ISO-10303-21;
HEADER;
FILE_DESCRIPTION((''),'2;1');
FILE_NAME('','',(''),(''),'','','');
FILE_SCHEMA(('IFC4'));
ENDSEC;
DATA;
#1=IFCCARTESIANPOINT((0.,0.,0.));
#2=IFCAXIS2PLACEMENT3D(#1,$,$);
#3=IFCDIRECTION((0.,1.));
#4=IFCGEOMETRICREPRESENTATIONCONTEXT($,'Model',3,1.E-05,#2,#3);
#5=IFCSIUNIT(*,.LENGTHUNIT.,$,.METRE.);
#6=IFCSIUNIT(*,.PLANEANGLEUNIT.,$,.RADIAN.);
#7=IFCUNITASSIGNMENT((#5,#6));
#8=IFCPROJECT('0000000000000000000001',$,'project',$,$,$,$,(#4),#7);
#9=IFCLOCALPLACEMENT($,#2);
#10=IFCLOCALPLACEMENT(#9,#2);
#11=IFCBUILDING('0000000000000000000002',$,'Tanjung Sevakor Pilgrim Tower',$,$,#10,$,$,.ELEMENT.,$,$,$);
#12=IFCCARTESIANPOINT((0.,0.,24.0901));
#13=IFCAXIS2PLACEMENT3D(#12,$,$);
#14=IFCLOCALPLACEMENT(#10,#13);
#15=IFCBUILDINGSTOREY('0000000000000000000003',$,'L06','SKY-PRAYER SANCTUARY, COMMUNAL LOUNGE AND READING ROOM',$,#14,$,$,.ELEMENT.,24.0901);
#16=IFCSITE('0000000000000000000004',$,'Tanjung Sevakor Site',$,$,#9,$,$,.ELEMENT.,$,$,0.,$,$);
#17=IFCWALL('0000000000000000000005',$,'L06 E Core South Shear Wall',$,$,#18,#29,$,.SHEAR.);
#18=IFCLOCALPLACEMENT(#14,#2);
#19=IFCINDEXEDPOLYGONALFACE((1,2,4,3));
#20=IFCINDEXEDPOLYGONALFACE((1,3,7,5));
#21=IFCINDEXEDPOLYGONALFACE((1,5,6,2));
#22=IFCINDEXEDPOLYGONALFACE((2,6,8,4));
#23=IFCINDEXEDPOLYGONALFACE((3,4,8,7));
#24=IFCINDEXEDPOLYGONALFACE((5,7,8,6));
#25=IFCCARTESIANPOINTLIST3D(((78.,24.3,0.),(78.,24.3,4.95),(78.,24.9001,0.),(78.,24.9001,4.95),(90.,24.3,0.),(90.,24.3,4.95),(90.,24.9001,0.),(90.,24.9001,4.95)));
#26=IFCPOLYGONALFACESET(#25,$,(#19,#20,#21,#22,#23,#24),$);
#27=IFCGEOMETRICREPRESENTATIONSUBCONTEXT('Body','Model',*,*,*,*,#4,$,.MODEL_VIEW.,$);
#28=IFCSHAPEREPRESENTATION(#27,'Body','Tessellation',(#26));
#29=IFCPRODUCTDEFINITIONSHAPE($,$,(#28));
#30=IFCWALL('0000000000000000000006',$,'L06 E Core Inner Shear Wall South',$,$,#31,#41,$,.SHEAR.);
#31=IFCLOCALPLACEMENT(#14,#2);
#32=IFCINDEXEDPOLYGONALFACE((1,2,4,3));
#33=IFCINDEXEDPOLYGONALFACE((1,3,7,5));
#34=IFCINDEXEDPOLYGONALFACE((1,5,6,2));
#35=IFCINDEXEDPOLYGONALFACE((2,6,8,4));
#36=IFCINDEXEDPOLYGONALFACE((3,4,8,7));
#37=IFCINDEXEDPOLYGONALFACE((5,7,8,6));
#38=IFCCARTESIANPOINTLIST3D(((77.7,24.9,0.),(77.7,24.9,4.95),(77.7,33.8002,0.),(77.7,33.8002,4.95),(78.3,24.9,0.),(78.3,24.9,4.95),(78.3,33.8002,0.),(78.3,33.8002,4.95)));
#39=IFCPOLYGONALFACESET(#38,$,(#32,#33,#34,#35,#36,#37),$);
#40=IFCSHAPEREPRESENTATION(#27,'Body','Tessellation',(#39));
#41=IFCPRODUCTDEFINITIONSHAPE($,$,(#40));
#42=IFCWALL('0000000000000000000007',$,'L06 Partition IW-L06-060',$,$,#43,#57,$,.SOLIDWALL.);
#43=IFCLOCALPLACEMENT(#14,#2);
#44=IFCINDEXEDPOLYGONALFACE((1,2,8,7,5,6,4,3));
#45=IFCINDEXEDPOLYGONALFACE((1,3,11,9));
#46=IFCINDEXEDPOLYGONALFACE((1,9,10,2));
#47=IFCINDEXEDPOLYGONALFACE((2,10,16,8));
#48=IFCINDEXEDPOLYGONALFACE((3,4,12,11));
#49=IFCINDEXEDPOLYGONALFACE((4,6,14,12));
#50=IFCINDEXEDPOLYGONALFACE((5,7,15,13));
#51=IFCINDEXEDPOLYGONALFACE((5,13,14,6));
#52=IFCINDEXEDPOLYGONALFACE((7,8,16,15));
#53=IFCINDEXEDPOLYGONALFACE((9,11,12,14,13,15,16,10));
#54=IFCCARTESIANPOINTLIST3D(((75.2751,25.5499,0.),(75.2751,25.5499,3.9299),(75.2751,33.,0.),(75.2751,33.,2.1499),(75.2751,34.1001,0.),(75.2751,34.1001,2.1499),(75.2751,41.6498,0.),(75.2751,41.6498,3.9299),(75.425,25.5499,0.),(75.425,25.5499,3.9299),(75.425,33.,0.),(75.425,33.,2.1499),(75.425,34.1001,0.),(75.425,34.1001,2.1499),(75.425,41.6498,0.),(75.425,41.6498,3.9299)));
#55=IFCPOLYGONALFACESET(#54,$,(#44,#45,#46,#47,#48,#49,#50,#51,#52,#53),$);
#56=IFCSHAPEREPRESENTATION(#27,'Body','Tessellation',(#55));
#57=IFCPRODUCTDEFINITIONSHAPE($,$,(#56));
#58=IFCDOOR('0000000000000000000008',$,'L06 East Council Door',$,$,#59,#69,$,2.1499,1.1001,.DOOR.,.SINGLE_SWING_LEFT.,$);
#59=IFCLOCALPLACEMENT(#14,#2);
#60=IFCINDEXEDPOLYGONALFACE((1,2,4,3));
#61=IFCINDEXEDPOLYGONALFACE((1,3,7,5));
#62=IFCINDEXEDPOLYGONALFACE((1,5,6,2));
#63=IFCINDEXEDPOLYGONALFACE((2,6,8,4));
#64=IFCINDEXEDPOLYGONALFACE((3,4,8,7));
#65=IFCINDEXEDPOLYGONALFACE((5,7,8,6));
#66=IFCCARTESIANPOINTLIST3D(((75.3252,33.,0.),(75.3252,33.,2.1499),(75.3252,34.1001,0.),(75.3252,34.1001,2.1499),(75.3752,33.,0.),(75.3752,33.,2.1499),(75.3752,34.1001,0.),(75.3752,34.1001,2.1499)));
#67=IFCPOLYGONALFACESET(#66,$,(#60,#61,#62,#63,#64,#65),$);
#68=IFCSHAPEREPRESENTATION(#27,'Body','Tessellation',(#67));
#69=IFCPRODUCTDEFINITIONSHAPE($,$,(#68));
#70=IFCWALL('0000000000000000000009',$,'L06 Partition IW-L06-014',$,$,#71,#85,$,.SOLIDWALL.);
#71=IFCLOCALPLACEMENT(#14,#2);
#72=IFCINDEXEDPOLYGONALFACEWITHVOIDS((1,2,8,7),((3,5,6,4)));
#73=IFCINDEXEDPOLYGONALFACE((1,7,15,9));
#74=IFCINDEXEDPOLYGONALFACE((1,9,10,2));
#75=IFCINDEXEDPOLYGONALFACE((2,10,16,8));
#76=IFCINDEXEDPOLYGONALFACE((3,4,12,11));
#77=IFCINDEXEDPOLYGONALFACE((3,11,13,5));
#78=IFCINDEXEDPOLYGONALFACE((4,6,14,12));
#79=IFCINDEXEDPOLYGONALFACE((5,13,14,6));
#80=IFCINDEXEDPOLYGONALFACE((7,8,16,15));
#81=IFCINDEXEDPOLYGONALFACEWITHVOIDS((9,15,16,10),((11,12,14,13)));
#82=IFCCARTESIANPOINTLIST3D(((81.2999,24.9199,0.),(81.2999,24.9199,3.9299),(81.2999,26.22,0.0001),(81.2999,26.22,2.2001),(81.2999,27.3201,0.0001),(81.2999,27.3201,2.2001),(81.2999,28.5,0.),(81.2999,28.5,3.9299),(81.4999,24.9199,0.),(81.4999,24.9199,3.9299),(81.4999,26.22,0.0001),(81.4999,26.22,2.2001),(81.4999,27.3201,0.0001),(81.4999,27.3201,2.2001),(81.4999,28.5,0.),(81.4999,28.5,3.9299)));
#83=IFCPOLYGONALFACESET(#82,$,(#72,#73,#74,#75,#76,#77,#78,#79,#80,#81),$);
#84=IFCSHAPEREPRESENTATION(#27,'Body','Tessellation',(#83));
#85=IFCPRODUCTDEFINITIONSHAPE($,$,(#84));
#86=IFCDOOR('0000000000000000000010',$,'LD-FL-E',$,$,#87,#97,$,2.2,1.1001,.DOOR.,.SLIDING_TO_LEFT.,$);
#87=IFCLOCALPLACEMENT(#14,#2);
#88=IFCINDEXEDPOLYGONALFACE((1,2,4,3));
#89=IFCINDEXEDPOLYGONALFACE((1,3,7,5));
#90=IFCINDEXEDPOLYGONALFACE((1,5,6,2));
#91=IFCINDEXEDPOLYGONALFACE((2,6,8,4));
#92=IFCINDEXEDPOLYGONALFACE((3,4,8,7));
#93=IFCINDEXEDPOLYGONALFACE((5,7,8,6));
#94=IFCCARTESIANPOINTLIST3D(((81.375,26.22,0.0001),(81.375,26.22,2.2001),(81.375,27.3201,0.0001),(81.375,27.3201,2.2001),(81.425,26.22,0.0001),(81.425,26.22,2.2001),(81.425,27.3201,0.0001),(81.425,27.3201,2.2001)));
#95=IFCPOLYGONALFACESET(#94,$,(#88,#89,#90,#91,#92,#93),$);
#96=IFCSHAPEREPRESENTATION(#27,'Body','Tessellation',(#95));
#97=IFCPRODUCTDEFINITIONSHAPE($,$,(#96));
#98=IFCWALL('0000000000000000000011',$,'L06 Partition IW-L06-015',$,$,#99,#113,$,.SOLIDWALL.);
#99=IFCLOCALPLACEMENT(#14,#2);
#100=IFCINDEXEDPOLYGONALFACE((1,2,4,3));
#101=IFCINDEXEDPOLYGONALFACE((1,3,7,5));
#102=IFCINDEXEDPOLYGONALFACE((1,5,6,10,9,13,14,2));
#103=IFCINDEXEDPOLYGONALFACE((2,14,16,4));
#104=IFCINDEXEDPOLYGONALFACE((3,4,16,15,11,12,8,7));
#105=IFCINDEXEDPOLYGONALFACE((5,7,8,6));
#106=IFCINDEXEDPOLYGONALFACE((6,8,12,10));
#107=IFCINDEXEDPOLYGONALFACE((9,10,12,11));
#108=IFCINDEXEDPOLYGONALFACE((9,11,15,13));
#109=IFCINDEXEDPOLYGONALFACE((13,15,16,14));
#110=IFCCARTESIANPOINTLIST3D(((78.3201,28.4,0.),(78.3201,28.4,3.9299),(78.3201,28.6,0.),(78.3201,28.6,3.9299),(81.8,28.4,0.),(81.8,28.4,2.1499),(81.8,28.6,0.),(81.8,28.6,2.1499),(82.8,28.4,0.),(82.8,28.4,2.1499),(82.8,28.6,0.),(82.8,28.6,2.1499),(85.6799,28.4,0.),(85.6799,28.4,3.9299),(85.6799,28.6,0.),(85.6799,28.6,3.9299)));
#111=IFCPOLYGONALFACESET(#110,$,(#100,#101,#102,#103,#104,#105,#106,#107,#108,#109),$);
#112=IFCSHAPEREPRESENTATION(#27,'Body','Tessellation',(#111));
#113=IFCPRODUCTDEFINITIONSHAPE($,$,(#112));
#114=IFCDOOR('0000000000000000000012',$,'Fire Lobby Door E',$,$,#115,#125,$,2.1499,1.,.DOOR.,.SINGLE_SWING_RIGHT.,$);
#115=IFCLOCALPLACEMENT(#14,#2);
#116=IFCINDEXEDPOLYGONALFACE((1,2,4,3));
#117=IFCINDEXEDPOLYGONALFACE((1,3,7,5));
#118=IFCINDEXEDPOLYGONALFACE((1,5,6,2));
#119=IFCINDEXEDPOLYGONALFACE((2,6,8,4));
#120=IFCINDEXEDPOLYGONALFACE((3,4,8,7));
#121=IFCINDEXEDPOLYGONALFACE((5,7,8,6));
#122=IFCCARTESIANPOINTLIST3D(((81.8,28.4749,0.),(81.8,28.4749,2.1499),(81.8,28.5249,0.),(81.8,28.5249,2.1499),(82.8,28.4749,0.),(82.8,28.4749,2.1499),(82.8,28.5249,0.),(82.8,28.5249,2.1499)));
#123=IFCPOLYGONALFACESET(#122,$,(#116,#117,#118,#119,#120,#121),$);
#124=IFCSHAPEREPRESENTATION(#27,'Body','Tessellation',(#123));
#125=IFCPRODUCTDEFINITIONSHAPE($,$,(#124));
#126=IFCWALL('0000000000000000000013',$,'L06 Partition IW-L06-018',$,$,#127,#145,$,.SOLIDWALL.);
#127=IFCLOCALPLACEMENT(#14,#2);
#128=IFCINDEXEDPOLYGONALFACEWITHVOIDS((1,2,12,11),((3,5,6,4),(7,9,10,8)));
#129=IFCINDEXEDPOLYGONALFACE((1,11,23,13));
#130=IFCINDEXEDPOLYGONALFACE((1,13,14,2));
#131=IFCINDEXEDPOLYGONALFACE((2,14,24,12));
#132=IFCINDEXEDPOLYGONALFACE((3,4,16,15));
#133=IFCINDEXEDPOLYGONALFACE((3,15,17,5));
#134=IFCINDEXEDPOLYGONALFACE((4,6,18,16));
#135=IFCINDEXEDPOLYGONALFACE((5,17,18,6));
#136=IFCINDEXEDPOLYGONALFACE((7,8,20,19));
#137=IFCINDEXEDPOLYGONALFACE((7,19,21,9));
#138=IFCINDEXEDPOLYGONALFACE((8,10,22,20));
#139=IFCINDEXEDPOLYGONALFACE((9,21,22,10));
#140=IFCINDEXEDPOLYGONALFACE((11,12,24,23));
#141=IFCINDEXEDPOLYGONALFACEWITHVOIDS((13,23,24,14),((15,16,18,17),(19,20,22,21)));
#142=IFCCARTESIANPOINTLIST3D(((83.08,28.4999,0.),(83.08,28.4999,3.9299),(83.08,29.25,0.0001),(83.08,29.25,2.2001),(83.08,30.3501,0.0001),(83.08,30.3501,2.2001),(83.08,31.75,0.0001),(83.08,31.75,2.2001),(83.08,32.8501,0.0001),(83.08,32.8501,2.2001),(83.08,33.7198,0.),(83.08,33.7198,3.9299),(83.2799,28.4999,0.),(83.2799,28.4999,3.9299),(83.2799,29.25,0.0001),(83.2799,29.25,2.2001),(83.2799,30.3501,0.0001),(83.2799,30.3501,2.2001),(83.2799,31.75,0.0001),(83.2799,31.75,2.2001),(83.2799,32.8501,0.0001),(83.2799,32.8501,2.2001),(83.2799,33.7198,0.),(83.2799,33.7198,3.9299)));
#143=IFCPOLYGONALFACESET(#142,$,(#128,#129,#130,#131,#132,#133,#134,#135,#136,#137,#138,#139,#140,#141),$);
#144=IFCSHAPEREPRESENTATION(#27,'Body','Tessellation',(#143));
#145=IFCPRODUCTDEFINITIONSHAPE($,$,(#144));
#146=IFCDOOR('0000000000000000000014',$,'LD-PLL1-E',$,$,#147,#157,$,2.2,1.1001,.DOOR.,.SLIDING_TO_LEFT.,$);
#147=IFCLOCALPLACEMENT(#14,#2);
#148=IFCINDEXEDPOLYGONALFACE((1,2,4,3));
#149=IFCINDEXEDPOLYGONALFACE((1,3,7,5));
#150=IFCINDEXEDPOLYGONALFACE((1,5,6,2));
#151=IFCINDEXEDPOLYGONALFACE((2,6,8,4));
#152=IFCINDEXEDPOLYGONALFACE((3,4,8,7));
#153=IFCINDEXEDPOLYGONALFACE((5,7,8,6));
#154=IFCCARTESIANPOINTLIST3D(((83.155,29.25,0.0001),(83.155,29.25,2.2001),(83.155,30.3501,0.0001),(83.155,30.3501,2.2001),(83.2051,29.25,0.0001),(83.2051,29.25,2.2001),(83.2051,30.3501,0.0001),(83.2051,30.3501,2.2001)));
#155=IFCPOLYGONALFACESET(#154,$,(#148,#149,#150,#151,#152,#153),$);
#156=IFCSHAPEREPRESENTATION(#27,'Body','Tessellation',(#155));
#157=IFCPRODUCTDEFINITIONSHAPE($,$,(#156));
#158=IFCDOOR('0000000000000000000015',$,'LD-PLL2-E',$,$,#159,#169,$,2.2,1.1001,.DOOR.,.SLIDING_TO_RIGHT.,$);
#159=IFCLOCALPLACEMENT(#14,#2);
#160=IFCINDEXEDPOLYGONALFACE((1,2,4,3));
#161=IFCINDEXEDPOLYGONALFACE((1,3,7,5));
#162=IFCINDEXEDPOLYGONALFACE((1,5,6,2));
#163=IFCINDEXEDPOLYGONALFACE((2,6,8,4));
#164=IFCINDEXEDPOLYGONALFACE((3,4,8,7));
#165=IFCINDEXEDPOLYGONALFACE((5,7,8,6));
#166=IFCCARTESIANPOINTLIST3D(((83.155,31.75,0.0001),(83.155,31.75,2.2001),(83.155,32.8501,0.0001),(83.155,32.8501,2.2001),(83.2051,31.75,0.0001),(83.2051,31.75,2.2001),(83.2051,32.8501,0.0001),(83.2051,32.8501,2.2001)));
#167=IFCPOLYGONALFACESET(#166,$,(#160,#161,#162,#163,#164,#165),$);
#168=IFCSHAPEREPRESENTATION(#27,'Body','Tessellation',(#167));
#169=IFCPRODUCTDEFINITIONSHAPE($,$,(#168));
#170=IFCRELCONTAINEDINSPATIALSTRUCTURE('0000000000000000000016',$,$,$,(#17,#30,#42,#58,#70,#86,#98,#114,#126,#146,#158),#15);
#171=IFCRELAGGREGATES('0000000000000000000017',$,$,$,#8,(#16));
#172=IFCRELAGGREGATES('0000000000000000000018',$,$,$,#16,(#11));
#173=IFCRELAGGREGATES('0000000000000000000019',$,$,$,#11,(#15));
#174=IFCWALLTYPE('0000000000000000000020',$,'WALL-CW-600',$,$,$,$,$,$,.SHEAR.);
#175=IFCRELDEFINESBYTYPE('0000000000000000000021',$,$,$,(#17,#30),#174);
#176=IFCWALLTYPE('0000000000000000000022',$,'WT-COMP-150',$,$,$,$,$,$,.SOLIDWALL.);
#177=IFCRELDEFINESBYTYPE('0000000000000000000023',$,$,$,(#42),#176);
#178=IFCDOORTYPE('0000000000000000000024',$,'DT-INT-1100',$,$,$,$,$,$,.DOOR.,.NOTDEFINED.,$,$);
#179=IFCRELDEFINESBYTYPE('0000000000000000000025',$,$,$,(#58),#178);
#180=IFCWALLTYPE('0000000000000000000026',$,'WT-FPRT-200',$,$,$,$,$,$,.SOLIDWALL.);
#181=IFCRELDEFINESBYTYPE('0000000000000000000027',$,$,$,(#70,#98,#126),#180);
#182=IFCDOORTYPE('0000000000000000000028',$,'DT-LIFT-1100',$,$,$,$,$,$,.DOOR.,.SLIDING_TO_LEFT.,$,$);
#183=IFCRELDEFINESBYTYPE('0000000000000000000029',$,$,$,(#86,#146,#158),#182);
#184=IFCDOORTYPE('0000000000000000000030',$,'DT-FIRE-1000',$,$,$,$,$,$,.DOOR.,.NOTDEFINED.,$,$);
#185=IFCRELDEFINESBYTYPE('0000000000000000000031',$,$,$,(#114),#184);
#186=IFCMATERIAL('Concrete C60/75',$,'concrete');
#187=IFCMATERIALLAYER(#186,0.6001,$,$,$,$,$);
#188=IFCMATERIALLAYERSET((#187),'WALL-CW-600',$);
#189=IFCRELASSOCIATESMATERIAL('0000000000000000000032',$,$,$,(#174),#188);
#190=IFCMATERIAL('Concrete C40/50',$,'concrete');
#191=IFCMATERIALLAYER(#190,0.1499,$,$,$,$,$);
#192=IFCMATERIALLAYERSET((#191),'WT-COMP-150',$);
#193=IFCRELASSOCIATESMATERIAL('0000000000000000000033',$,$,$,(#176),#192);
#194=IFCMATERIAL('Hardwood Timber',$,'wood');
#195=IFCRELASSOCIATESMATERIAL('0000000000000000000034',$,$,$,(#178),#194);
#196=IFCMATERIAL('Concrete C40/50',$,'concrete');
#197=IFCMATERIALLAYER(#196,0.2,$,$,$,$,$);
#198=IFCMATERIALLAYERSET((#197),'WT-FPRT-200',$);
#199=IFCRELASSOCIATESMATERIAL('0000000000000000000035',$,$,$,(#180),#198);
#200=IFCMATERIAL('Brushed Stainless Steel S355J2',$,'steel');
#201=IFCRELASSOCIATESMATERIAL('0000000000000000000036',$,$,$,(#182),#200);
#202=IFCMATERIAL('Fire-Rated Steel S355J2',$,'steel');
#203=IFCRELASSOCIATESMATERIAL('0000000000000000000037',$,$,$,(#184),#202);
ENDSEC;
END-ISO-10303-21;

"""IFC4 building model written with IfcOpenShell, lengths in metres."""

from ifc_helpers import new_model, si_unit, direction, frame, frame_2d, origin, place, context, subcontext, project, spatial, rectangle, extrude, material, layer, layer_set, type_object, element, fill, save


model = new_model("IFC4")

# Units and contexts
model_context = context("Model", 3, precision=1e-05, world=origin(), true_north=direction((0.0, 1.0)))
body_context = subcontext(model_context, "Body", "Model", "MODEL_VIEW")
ifc_project = project(units=[si_unit("LENGTHUNIT", "METRE"), si_unit("PLANEANGLEUNIT", "RADIAN")], contexts=[model_context])

# Site, building, storey
site_placement = place(None, origin())
site = spatial("IfcSite", under=ifc_project, at=site_placement, Name="Tanjung Sevakor Site", CompositionType="ELEMENT", RefElevation=0.0)
building_placement = place(site_placement, origin())
building = spatial("IfcBuilding", under=site, at=building_placement, Name="Tanjung Sevakor Pilgrim Tower", CompositionType="ELEMENT")
storey_placement = place(building_placement, frame((0.0, 0.0, 24.0901)))
storey = spatial("IfcBuildingStorey", under=building, at=storey_placement, Name="L06", Description="SKY-PRAYER SANCTUARY, COMMUNAL LOUNGE AND READING ROOM", CompositionType="ELEMENT", Elevation=24.0901)

# Walls
ifc_material_1 = material(Name="Concrete C60/75", Category="concrete")
ifc_layer_1 = layer(ifc_material_1, 0.6001)
ifc_layer_set_1 = layer_set([ifc_layer_1], Name="WALL-CW-600")
wall_type_1 = type_object("IfcWallType", Name="WALL-CW-600", PredefinedType="SHEAR", material=ifc_layer_set_1)
wall_1_placement = place(storey_placement, frame((78.0, 24.6001, 0.0), z_axis=(0.0, 0.0, 1.0), x_axis=(1.0, 0.0, 0.0)))
element("IfcWall", 1, at=wall_1_placement, inside=storey, type_object=wall_type_1, Name="L06 E Core South Shear Wall", PredefinedType="SHEAR", context=body_context, shape_type="SweptSolid", body=[
    extrude(rectangle(XDim=12.0, YDim=0.6001, at=frame_2d((6.0, 0.0))), origin(), (0.0, 0.0, 1.0), 4.95),
])
wall_2_placement = place(storey_placement, frame((78.0, 24.8999, 0.0), z_axis=(0.0, 0.0, 1.0), x_axis=(0.0, 1.0, 0.0)))
element("IfcWall", 2, at=wall_2_placement, inside=storey, type_object=wall_type_1, Name="L06 E Core Inner Shear Wall South", PredefinedType="SHEAR", context=body_context, shape_type="SweptSolid", body=[
    extrude(rectangle(XDim=8.9001, YDim=0.6001, at=frame_2d((4.4502, 0.0))), origin(), (0.0, 0.0, 1.0), 4.95),
])

# Walls, openings, doors
ifc_material_2 = material(Name="Concrete C40/50", Category="concrete")
ifc_layer_2 = layer(ifc_material_2, 0.1499)
ifc_layer_set_2 = layer_set([ifc_layer_2], Name="WT-COMP-150")
wall_type_2 = type_object("IfcWallType", Name="WT-COMP-150", PredefinedType="SOLIDWALL", material=ifc_layer_set_2)
wall_3_placement = place(storey_placement, frame((75.3501, 25.55, 0.0), z_axis=(0.0, 0.0, 1.0), x_axis=(0.0, 1.0, 0.0)))
wall_3 = element("IfcWall", 3, at=wall_3_placement, inside=storey, type_object=wall_type_2, Name="L06 Partition IW-L06-060", PredefinedType="SOLIDWALL", context=body_context, shape_type="SweptSolid", body=[
    extrude(rectangle(XDim=16.0999, YDim=0.1499, at=frame_2d((8.0498, 0.0))), origin(), (0.0, 0.0, 1.0), 3.9299),
])
opening_1_placement = place(wall_3_placement, frame((7.45, 0.0, 0.0)))
opening_1 = element("IfcOpeningElement", 4, at=opening_1_placement, cuts=wall_3, PredefinedType="OPENING", context=body_context, shape_type="SweptSolid", body=[
    extrude(rectangle(XDim=1.1001, YDim=2.1499, at=frame_2d((0.55, 1.075))), frame((0.0, 0.085, 0.0), z_axis=(0.0, -1.0, 0.0), x_axis=(1.0, 0.0, 0.0)), (0.0, 0.0, 1.0), 0.1699),
])
ifc_material_3 = material(Name="Hardwood Timber", Category="wood")
door_type_1 = type_object("IfcDoorType", Name="DT-INT-1100", OperationType="NOTDEFINED", PredefinedType="DOOR", material=ifc_material_3)
door_1_placement = place(opening_1_placement, origin())
door_1 = element("IfcDoor", 5, at=door_1_placement, inside=storey, type_object=door_type_1, Name="L06 East Council Door", OperationType="SINGLE_SWING_LEFT", OverallHeight=2.1499, OverallWidth=1.1001, PredefinedType="DOOR", context=body_context, shape_type="SweptSolid", body=[
    extrude(rectangle(XDim=1.1001, YDim=2.1499, at=frame_2d((0.55, 1.075))), frame((0.0, 0.0249, 0.0), z_axis=(0.0, -1.0, 0.0), x_axis=(1.0, 0.0, 0.0)), (0.0, 0.0, 1.0), 0.05),
])
fill(opening_1, door_1)
ifc_material_4 = material(Name="Concrete C40/50", Category="concrete")
ifc_layer_3 = layer(ifc_material_4, 0.2)
ifc_layer_set_3 = layer_set([ifc_layer_3], Name="WT-FPRT-200")
wall_type_3 = type_object("IfcWallType", Name="WT-FPRT-200", PredefinedType="SOLIDWALL", material=ifc_layer_set_3)
wall_4_placement = place(storey_placement, frame((81.3999, 24.9199, 0.0), z_axis=(0.0, 0.0, 1.0), x_axis=(0.0, 1.0, 0.0)))
wall_4 = element("IfcWall", 6, at=wall_4_placement, inside=storey, type_object=wall_type_3, Name="L06 Partition IW-L06-014", PredefinedType="SOLIDWALL", context=body_context, shape_type="SweptSolid", body=[
    extrude(rectangle(XDim=3.5801, YDim=0.2, at=frame_2d((1.79, 0.0))), origin(), (0.0, 0.0, 1.0), 3.9299),
])
opening_2_placement = place(wall_4_placement, frame((1.3, 0.0, 0.0)))
opening_2 = element("IfcOpeningElement", 7, at=opening_2_placement, cuts=wall_4, PredefinedType="OPENING", context=body_context, shape_type="SweptSolid", body=[
    extrude(rectangle(XDim=1.1001, YDim=2.2, at=frame_2d((0.55, 1.1001))), frame((0.0, 0.1099, 0.0), z_axis=(0.0, -1.0, 0.0), x_axis=(1.0, 0.0, 0.0)), (0.0, 0.0, 1.0), 0.22),
])
ifc_material_5 = material(Name="Brushed Stainless Steel S355J2", Category="steel")
door_type_2 = type_object("IfcDoorType", Name="DT-LIFT-1100", OperationType="SLIDING_TO_LEFT", PredefinedType="DOOR", material=ifc_material_5)
door_2_placement = place(opening_2_placement, origin())
door_2 = element("IfcDoor", 8, at=door_2_placement, inside=storey, type_object=door_type_2, Name="LD-FL-E", OperationType="SLIDING_TO_LEFT", OverallHeight=2.2, OverallWidth=1.1001, PredefinedType="DOOR", context=body_context, shape_type="SweptSolid", body=[
    extrude(rectangle(XDim=1.1001, YDim=2.2, at=frame_2d((0.55, 1.1001))), frame((0.0, 0.0249, 0.0), z_axis=(0.0, -1.0, 0.0), x_axis=(1.0, 0.0, 0.0)), (0.0, 0.0, 1.0), 0.05),
])
fill(opening_2, door_2)
wall_5_placement = place(storey_placement, frame((78.3201, 28.5, 0.0), z_axis=(0.0, 0.0, 1.0), x_axis=(1.0, 0.0, 0.0)))
wall_5 = element("IfcWall", 9, at=wall_5_placement, inside=storey, type_object=wall_type_3, Name="L06 Partition IW-L06-015", PredefinedType="SOLIDWALL", context=body_context, shape_type="SweptSolid", body=[
    extrude(rectangle(XDim=7.3599, YDim=0.2, at=frame_2d((3.6799, 0.0))), origin(), (0.0, 0.0, 1.0), 3.9299),
])
opening_3_placement = place(wall_5_placement, frame((3.48, 0.0, 0.0)))
opening_3 = element("IfcOpeningElement", 10, at=opening_3_placement, cuts=wall_5, PredefinedType="OPENING", context=body_context, shape_type="SweptSolid", body=[
    extrude(rectangle(XDim=1.0, YDim=2.1499, at=frame_2d((0.5, 1.075))), frame((0.0, 0.1099, 0.0), z_axis=(0.0, -1.0, 0.0), x_axis=(1.0, 0.0, 0.0)), (0.0, 0.0, 1.0), 0.22),
])
ifc_material_6 = material(Name="Fire-Rated Steel S355J2", Category="steel")
door_type_3 = type_object("IfcDoorType", Name="DT-FIRE-1000", OperationType="NOTDEFINED", PredefinedType="DOOR", material=ifc_material_6)
door_3_placement = place(opening_3_placement, origin())
door_3 = element("IfcDoor", 11, at=door_3_placement, inside=storey, type_object=door_type_3, Name="Fire Lobby Door E", OperationType="SINGLE_SWING_RIGHT", OverallHeight=2.1499, OverallWidth=1.0, PredefinedType="DOOR", context=body_context, shape_type="SweptSolid", body=[
    extrude(rectangle(XDim=1.0, YDim=2.1499, at=frame_2d((0.5, 1.075))), frame((0.0, 0.0249, 0.0), z_axis=(0.0, -1.0, 0.0), x_axis=(1.0, 0.0, 0.0)), (0.0, 0.0, 1.0), 0.05),
])
fill(opening_3, door_3)

# Wall, openings, doors
wall_6_placement = place(storey_placement, frame((83.1799, 28.5, 0.0), z_axis=(0.0, 0.0, 1.0), x_axis=(0.0, 1.0, 0.0)))
wall_6 = element("IfcWall", 12, at=wall_6_placement, inside=storey, type_object=wall_type_3, Name="L06 Partition IW-L06-018", PredefinedType="SOLIDWALL", context=body_context, shape_type="SweptSolid", body=[
    extrude(rectangle(XDim=5.22, YDim=0.2, at=frame_2d((2.6099, 0.0))), origin(), (0.0, 0.0, 1.0), 3.9299),
])
opening_4_placement = place(wall_6_placement, frame((0.75, 0.0, 0.0)))
opening_4 = element("IfcOpeningElement", 13, at=opening_4_placement, cuts=wall_6, PredefinedType="OPENING", context=body_context, shape_type="SweptSolid", body=[
    extrude(rectangle(XDim=1.1001, YDim=2.2, at=frame_2d((0.55, 1.1001))), frame((0.0, 0.1099, 0.0), z_axis=(0.0, -1.0, 0.0), x_axis=(1.0, 0.0, 0.0)), (0.0, 0.0, 1.0), 0.22),
])
opening_5_placement = place(wall_6_placement, frame((3.25, 0.0, 0.0)))
opening_5 = element("IfcOpeningElement", 14, at=opening_5_placement, cuts=wall_6, PredefinedType="OPENING", context=body_context, shape_type="SweptSolid", body=[
    extrude(rectangle(XDim=1.1001, YDim=2.2, at=frame_2d((0.55, 1.1001))), frame((0.0, 0.1099, 0.0), z_axis=(0.0, -1.0, 0.0), x_axis=(1.0, 0.0, 0.0)), (0.0, 0.0, 1.0), 0.22),
])
door_4_placement = place(opening_4_placement, origin())
door_4 = element("IfcDoor", 15, at=door_4_placement, inside=storey, type_object=door_type_2, Name="LD-PLL1-E", OperationType="SLIDING_TO_LEFT", OverallHeight=2.2, OverallWidth=1.1001, PredefinedType="DOOR", context=body_context, shape_type="SweptSolid", body=[
    extrude(rectangle(XDim=1.1001, YDim=2.2, at=frame_2d((0.55, 1.1001))), frame((0.0, 0.0249, 0.0), z_axis=(0.0, -1.0, 0.0), x_axis=(1.0, 0.0, 0.0)), (0.0, 0.0, 1.0), 0.05),
])
fill(opening_4, door_4)
door_5_placement = place(opening_5_placement, origin())
door_5 = element("IfcDoor", 16, at=door_5_placement, inside=storey, type_object=door_type_2, Name="LD-PLL2-E", OperationType="SLIDING_TO_RIGHT", OverallHeight=2.2, OverallWidth=1.1001, PredefinedType="DOOR", context=body_context, shape_type="SweptSolid", body=[
    extrude(rectangle(XDim=1.1001, YDim=2.2, at=frame_2d((0.55, 1.1001))), frame((0.0, 0.0249, 0.0), z_axis=(0.0, -1.0, 0.0), x_axis=(1.0, 0.0, 0.0)), (0.0, 0.0, 1.0), 0.05),
])
fill(opening_5, door_5)

save(model, "model.ifc")
